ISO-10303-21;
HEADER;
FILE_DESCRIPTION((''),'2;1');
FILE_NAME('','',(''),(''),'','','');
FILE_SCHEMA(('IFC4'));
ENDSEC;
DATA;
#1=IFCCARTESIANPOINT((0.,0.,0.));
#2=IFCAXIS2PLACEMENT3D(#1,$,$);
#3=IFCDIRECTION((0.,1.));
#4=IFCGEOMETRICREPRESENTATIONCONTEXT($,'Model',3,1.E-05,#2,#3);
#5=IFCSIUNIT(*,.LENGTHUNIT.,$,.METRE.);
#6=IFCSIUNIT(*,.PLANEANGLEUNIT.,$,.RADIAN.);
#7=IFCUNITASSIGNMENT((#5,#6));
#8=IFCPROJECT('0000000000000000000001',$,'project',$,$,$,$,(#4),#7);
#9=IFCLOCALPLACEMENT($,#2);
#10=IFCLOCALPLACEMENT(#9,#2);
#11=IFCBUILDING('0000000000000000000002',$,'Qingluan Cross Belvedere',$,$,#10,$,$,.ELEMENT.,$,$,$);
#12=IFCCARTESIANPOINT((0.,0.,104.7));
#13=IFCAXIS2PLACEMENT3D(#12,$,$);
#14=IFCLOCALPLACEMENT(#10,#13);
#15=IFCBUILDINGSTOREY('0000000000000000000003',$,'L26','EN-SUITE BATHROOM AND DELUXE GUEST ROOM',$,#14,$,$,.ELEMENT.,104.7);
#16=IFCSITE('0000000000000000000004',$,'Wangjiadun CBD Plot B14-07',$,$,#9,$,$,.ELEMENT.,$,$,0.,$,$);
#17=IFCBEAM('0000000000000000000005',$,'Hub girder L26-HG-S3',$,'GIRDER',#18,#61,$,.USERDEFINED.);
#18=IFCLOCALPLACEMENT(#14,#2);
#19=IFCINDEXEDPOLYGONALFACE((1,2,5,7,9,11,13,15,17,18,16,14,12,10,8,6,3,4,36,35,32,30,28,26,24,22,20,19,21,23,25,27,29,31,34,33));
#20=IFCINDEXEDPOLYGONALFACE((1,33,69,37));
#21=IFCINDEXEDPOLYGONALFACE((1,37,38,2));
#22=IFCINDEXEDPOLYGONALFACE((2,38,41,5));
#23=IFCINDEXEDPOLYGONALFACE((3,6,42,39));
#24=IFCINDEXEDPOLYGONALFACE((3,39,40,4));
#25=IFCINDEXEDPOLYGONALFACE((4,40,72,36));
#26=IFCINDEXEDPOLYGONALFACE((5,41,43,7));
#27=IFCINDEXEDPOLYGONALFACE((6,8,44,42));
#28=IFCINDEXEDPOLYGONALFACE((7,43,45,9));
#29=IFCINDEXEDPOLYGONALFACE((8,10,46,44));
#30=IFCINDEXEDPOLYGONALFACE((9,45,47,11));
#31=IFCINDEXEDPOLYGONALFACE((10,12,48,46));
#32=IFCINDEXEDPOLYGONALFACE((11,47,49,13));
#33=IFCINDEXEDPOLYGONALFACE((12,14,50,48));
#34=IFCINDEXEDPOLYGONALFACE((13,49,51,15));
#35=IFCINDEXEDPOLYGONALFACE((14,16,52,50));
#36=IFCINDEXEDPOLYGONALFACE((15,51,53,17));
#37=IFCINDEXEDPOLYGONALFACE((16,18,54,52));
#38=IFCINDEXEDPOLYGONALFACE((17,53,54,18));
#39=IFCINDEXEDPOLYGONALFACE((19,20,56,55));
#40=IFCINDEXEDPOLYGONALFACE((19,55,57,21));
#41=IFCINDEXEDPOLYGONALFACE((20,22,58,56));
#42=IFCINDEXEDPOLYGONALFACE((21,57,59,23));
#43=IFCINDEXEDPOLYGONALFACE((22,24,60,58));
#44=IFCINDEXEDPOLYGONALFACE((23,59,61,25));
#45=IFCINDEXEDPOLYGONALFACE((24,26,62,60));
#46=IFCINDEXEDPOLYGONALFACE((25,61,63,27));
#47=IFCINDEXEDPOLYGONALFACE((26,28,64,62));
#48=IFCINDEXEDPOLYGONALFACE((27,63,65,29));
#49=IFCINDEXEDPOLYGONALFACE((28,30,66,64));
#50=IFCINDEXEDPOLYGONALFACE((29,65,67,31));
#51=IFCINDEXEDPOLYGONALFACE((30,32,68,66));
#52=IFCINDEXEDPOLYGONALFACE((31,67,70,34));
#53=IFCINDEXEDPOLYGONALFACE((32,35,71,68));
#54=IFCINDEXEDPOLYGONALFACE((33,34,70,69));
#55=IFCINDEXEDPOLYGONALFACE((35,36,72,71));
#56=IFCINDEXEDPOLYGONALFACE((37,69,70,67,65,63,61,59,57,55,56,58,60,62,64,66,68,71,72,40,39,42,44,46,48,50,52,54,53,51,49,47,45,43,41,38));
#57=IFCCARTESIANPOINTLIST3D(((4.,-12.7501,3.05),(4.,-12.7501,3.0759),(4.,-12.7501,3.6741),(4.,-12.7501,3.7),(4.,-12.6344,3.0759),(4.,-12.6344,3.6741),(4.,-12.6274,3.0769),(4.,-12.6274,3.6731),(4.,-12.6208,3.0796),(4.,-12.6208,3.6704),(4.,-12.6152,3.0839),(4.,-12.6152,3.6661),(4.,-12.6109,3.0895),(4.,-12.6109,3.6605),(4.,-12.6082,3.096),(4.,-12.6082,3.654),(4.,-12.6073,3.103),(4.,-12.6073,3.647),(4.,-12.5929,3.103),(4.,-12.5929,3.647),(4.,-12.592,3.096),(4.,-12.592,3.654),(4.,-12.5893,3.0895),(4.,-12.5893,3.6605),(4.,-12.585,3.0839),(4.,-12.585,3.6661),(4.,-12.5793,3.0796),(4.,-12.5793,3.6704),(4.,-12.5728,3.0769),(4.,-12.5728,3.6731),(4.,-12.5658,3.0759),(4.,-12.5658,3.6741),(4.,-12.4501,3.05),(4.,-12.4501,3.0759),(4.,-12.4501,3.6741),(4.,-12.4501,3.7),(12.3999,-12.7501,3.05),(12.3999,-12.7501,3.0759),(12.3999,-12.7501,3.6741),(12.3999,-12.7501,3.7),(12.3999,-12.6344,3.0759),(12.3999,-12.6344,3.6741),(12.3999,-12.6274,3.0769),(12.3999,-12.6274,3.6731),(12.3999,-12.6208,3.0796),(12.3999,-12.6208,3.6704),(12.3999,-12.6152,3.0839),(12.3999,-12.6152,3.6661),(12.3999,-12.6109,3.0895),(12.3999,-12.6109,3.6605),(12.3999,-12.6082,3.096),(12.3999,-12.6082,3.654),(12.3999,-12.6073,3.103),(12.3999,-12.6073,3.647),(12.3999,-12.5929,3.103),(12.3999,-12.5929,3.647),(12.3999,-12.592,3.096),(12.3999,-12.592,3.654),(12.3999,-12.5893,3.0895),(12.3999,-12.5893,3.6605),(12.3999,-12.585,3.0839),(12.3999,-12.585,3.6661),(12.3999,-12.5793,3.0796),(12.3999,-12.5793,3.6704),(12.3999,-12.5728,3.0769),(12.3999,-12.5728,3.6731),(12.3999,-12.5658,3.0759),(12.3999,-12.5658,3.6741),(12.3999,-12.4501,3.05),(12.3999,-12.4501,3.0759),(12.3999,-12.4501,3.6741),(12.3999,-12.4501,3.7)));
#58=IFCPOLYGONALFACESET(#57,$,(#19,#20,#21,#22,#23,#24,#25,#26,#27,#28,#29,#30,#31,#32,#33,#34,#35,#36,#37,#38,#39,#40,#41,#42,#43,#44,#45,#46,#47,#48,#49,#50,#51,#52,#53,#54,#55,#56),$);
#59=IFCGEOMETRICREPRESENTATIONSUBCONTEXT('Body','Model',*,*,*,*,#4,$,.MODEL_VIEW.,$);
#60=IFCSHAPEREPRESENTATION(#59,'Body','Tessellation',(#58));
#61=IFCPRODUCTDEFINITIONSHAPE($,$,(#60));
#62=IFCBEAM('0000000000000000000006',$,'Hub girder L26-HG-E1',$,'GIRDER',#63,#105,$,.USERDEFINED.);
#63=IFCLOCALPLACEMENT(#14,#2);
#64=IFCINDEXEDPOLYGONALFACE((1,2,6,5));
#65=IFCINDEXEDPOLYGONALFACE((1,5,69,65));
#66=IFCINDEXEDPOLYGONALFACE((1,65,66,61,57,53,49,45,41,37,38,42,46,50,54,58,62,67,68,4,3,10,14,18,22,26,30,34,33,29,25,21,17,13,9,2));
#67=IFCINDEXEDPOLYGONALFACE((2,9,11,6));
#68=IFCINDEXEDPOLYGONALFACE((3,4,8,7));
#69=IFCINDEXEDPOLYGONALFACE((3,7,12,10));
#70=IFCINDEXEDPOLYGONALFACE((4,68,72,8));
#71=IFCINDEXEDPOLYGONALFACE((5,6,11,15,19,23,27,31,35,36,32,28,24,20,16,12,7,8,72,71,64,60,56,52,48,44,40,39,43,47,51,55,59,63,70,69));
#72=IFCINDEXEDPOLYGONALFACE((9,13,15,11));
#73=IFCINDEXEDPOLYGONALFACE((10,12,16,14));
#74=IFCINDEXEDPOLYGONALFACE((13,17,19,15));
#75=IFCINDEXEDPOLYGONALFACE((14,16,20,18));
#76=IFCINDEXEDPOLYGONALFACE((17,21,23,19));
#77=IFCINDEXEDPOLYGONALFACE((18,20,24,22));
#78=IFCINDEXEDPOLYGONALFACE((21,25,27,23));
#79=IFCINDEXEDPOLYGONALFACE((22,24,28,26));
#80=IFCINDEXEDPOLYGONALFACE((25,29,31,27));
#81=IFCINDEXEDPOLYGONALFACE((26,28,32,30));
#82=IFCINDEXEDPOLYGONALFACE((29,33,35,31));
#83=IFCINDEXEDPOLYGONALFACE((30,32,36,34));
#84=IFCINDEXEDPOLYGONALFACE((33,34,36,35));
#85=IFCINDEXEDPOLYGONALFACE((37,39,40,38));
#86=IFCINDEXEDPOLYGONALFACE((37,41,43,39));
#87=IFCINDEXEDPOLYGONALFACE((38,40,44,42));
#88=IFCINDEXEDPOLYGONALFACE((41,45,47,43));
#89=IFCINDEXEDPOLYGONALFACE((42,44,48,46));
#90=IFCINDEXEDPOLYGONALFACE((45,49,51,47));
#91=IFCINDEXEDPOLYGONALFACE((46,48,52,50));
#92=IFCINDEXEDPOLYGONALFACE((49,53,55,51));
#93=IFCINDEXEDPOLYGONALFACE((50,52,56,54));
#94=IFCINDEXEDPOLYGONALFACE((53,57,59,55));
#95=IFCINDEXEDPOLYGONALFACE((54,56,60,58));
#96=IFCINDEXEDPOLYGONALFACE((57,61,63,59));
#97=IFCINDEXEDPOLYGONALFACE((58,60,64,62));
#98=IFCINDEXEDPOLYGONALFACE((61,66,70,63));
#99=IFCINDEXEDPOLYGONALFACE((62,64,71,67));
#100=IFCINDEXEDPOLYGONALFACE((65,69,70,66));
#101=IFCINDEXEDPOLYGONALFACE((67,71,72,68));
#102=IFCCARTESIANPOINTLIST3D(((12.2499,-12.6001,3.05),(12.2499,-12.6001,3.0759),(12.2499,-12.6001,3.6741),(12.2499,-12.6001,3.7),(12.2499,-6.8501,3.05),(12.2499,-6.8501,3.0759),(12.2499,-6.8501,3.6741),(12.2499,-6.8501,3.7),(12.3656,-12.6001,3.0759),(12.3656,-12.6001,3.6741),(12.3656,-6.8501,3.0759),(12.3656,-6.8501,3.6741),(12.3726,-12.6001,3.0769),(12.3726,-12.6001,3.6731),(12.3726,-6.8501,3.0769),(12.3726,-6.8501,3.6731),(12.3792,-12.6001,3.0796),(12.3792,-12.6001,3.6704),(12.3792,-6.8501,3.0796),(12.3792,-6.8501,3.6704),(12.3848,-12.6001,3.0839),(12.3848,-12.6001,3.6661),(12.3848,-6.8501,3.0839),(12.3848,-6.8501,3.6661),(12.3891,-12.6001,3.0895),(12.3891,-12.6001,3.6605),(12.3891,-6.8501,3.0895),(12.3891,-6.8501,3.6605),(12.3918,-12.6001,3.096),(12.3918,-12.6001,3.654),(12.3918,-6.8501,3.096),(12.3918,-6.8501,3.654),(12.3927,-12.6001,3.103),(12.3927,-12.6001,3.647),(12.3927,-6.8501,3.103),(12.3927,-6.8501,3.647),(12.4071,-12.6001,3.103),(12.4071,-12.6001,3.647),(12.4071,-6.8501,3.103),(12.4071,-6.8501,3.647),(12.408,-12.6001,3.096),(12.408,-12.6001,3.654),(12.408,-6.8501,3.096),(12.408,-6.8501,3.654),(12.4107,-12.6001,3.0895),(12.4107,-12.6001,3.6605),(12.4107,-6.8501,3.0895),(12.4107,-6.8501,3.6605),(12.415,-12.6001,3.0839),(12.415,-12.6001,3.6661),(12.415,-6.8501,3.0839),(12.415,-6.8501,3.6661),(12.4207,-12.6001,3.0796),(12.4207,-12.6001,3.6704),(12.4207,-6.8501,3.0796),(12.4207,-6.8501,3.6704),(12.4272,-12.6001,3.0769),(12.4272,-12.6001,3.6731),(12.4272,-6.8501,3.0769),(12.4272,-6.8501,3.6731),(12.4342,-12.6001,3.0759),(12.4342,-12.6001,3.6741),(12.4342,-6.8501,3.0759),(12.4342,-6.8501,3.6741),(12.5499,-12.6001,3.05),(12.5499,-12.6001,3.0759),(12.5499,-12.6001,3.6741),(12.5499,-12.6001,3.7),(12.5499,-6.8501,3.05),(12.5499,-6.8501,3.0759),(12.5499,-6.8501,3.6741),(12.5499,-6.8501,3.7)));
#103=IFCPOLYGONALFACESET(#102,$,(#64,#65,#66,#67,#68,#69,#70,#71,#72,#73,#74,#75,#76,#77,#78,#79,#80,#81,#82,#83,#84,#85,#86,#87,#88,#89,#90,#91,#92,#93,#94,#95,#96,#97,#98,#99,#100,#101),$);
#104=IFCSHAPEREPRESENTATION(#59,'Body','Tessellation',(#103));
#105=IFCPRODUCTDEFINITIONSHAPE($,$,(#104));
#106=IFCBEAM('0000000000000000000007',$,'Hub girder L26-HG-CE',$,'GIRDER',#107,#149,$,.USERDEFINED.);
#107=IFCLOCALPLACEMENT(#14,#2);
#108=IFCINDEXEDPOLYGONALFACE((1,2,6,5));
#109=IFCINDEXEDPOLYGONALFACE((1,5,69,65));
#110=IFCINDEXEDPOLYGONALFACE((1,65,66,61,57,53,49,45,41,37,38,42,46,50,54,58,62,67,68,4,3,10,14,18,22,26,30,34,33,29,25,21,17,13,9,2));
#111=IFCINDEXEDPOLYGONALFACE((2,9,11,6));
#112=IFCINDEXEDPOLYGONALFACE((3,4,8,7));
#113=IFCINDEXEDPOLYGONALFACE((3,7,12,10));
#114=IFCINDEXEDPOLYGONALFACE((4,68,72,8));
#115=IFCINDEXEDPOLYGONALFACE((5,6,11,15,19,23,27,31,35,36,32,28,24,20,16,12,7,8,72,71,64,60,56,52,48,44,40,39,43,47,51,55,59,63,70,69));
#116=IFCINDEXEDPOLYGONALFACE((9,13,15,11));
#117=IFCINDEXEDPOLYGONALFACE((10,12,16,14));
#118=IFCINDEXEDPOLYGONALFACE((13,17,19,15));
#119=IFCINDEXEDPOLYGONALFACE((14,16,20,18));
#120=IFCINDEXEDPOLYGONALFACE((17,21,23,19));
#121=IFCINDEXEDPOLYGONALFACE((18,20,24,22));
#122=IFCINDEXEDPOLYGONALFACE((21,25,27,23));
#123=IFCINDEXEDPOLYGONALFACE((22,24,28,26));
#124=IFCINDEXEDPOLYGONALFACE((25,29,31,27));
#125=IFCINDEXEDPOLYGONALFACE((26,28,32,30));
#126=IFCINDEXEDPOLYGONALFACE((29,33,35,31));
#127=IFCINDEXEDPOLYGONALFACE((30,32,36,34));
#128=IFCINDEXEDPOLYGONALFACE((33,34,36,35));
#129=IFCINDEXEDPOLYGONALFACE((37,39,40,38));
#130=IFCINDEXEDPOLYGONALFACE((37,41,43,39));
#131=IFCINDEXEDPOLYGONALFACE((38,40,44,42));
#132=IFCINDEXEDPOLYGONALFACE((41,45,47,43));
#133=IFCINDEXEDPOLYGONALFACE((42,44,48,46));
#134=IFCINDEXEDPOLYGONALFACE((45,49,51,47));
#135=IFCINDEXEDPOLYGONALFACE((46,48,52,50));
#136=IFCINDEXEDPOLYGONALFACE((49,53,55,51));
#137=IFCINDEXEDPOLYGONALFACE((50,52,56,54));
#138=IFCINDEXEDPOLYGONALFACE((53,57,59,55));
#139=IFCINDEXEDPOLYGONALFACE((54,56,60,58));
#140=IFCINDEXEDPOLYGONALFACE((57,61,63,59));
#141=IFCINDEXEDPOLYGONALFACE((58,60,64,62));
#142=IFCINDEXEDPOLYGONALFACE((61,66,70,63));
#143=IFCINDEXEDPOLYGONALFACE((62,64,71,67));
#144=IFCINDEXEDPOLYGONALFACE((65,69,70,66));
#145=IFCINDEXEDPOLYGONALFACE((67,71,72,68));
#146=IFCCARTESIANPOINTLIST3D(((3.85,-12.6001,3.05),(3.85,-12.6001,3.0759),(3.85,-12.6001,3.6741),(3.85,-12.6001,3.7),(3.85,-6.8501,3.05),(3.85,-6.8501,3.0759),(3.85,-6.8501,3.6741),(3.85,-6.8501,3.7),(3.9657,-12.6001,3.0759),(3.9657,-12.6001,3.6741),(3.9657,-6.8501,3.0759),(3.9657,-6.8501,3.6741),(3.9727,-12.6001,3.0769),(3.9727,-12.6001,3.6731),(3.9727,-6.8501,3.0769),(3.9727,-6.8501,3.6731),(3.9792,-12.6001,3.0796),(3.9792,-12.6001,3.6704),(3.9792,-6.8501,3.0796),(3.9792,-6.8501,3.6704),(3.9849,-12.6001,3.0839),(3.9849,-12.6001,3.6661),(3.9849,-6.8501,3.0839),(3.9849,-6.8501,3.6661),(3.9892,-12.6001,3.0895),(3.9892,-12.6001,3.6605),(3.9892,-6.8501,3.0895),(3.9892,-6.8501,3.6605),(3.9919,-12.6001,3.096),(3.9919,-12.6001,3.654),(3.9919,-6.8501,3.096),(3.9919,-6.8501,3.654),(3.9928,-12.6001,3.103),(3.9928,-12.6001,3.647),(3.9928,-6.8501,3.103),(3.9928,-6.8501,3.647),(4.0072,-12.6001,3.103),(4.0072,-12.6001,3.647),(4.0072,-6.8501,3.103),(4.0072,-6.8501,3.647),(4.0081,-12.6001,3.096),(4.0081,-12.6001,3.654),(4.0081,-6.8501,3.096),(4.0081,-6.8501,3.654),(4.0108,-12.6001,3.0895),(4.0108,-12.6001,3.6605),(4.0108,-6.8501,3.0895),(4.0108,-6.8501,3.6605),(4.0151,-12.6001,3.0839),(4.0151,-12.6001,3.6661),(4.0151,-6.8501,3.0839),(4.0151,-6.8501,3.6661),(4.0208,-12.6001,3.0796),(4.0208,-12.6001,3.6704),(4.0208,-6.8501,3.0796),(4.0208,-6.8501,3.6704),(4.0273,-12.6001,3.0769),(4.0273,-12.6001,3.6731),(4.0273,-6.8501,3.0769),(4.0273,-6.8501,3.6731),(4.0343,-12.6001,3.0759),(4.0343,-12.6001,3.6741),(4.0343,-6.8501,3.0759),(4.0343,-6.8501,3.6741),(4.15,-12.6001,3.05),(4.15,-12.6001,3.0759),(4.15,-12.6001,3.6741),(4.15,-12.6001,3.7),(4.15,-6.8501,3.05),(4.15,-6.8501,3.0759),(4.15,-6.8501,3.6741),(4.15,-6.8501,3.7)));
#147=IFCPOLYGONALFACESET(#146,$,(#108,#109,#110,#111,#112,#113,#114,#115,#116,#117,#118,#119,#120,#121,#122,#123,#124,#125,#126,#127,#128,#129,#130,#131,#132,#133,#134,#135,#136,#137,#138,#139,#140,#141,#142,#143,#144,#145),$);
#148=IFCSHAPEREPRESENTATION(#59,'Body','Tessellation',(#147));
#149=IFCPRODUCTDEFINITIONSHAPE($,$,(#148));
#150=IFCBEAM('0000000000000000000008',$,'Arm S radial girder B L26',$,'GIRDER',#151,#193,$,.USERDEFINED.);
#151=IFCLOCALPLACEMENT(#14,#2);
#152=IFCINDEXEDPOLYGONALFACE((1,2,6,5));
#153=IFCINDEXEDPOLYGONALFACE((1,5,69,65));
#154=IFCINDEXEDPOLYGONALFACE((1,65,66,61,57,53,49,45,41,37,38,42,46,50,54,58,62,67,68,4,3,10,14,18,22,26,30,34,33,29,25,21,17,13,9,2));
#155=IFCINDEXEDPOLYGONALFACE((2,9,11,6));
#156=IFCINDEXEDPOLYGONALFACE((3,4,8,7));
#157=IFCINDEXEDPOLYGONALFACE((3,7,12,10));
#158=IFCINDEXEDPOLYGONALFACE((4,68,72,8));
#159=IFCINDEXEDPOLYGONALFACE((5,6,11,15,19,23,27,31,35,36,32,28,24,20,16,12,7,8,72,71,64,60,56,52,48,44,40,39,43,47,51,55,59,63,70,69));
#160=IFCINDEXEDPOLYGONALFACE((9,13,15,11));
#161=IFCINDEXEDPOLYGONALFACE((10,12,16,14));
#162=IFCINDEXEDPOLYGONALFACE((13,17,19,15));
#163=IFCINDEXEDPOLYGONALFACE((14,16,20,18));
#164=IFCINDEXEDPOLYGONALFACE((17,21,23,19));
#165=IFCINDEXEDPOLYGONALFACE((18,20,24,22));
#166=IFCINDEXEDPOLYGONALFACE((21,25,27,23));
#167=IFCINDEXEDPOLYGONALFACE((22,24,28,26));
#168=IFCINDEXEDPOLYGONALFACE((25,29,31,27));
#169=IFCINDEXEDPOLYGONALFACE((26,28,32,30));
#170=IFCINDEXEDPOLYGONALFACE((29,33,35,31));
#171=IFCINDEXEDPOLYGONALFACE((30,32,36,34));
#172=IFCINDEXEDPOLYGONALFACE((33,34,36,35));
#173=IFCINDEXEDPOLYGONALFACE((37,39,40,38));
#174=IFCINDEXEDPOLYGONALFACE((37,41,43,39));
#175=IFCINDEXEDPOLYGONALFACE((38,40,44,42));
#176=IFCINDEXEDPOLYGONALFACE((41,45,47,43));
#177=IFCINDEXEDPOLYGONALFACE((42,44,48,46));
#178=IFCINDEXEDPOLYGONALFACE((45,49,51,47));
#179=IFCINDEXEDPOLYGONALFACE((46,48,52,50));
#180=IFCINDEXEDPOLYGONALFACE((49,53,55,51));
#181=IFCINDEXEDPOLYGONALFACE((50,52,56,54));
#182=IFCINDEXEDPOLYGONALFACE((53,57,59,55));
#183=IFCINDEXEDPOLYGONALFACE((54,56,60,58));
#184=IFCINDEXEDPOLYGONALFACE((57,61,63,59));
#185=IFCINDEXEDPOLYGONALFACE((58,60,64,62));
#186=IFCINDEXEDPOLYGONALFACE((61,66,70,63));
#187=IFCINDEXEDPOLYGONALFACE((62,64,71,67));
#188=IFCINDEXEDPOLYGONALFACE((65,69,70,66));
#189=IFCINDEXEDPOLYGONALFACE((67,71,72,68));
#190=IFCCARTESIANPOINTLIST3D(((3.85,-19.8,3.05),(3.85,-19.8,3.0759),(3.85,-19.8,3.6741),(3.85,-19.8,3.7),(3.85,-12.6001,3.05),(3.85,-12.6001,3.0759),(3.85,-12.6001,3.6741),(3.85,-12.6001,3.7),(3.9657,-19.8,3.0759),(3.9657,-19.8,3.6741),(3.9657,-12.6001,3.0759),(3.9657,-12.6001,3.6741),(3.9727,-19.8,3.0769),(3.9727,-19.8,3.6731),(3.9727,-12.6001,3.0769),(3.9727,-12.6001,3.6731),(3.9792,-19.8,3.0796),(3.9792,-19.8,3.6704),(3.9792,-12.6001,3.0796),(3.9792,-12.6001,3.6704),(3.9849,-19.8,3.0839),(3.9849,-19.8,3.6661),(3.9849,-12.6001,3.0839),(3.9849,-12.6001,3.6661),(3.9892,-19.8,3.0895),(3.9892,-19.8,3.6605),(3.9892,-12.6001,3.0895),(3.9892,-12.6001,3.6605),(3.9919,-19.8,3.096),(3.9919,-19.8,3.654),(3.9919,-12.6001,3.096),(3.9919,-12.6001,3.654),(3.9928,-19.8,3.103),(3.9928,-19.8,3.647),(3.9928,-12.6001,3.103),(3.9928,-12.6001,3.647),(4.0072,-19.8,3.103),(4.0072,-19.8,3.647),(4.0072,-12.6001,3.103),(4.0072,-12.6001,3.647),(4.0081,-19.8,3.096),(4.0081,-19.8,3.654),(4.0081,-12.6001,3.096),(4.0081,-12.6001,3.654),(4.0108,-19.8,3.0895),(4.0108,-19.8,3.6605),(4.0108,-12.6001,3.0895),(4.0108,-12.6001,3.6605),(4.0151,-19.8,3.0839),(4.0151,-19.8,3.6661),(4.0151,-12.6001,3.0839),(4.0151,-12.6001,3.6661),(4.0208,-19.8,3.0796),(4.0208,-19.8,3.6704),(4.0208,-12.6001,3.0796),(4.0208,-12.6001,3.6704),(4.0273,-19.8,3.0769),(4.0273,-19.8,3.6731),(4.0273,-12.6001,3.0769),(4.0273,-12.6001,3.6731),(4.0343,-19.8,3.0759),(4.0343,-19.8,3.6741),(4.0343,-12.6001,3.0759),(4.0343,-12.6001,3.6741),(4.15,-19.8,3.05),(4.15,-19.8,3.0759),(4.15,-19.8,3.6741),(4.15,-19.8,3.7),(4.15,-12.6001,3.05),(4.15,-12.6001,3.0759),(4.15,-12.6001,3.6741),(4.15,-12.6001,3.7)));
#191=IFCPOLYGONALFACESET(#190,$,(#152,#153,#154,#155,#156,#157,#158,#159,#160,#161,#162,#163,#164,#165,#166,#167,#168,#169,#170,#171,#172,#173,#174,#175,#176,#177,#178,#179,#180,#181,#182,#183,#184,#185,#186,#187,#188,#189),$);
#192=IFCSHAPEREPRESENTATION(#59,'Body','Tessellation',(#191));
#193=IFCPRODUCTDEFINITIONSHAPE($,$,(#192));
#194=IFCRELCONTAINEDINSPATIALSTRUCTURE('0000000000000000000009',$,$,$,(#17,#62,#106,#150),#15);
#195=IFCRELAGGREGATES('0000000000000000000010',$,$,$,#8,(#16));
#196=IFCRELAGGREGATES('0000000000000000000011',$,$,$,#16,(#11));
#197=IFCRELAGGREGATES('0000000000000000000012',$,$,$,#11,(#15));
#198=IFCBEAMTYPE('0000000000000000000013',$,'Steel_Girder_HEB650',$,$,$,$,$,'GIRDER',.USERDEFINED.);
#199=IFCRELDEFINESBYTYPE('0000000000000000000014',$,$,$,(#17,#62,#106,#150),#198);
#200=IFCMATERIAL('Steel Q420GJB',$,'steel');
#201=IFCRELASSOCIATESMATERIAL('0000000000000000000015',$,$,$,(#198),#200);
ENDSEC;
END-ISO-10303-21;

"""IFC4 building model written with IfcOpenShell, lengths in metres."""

from ifc_helpers import new_model, si_unit, direction, frame, origin, origin_2d, place, context, subcontext, project, spatial, i_section, extrude, material, material_profile, profile_set, type_object, element, save


model = new_model("IFC4")

# Units and contexts
model_context = context("Model", 3, precision=1e-05, world=origin(), true_north=direction((0.0, 1.0)))
body_context = subcontext(model_context, "Body", "Model", "MODEL_VIEW")
ifc_project = project(units=[si_unit("LENGTHUNIT", "METRE"), si_unit("PLANEANGLEUNIT", "RADIAN")], contexts=[model_context])

# Site, building, storey
site_placement = place(None, origin())
site = spatial("IfcSite", under=ifc_project, at=site_placement, Name="Wangjiadun CBD Plot B14-07", CompositionType="ELEMENT", RefElevation=0.0)
building_placement = place(site_placement, origin())
building = spatial("IfcBuilding", under=site, at=building_placement, Name="Qingluan Cross Belvedere", CompositionType="ELEMENT")
storey_placement = place(building_placement, frame((0.0, 0.0, 104.7)))
storey = spatial("IfcBuildingStorey", under=building, at=storey_placement, Name="L26", Description="EN-SUITE BATHROOM AND DELUXE GUEST ROOM", CompositionType="ELEMENT", Elevation=104.7)

# Beams
ifc_material_1 = material(Name="Steel Q420GJB", Category="steel")
ifc_material_profile_1 = material_profile(ifc_material_1, i_section(OverallWidth=0.3, OverallDepth=0.6499, WebThickness=0.0144, FlangeThickness=0.0259, FilletRadius=0.0271, at=origin_2d()), Name="HEB650")
ifc_profile_set_1 = profile_set([ifc_material_profile_1], Name="Steel Q420GJB")
beam_type_1 = type_object("IfcBeamType", Name="Steel_Girder_HEB650", ElementType="GIRDER", PredefinedType="USERDEFINED", material=ifc_profile_set_1)
beam_1_placement = place(storey_placement, frame((4.0, -12.6001, 3.375), z_axis=(1.0, 0.0, 0.0), x_axis=(0.0, 1.0, 0.0)))
element("IfcBeam", 1, at=beam_1_placement, inside=storey, type_object=beam_type_1, Name="Hub girder L26-HG-S3", ObjectType="GIRDER", PredefinedType="USERDEFINED", context=body_context, shape_type="SweptSolid", body=[
    extrude(i_section(OverallWidth=0.3, OverallDepth=0.6499, WebThickness=0.0144, FlangeThickness=0.0259, FilletRadius=0.0271, at=origin_2d()), origin(), (0.0, 0.0, 1.0), 8.3999),
])
for number, where, z_axis, x_axis, name in (
    (2, (12.3999, -12.6001, 3.375), (0.0, 1.0, 0.0), (-1.0, 0.0, 0.0), "Hub girder L26-HG-E1"),
    (3, (4.0, -12.6001, 3.375), (0.0, 1.0, 0.0), (-1.0, 0.0, 0.0), "Hub girder L26-HG-CE"),
):
    element("IfcBeam", number, at=place(storey_placement, frame(where, z_axis=z_axis, x_axis=x_axis)), inside=storey, type_object=beam_type_1, Name=name, ObjectType="GIRDER", PredefinedType="USERDEFINED", context=body_context, shape_type="SweptSolid", body=[
        extrude(i_section(OverallWidth=0.3, OverallDepth=0.6499, WebThickness=0.0144, FlangeThickness=0.0259, FilletRadius=0.0271, at=origin_2d()), origin(), (0.0, 0.0, 1.0), 5.75),
    ])
beam_2_placement = place(storey_placement, frame((4.0, -12.6001, 3.375), z_axis=(0.0, -1.0, 0.0), x_axis=(1.0, 0.0, 0.0)))
element("IfcBeam", 4, at=beam_2_placement, inside=storey, type_object=beam_type_1, Name="Arm S radial girder B L26", ObjectType="GIRDER", PredefinedType="USERDEFINED", context=body_context, shape_type="SweptSolid", body=[
    extrude(i_section(OverallWidth=0.3, OverallDepth=0.6499, WebThickness=0.0144, FlangeThickness=0.0259, FilletRadius=0.0271, at=origin_2d()), origin(), (0.0, 0.0, 1.0), 7.2),
])

save(model, "model.ifc")
